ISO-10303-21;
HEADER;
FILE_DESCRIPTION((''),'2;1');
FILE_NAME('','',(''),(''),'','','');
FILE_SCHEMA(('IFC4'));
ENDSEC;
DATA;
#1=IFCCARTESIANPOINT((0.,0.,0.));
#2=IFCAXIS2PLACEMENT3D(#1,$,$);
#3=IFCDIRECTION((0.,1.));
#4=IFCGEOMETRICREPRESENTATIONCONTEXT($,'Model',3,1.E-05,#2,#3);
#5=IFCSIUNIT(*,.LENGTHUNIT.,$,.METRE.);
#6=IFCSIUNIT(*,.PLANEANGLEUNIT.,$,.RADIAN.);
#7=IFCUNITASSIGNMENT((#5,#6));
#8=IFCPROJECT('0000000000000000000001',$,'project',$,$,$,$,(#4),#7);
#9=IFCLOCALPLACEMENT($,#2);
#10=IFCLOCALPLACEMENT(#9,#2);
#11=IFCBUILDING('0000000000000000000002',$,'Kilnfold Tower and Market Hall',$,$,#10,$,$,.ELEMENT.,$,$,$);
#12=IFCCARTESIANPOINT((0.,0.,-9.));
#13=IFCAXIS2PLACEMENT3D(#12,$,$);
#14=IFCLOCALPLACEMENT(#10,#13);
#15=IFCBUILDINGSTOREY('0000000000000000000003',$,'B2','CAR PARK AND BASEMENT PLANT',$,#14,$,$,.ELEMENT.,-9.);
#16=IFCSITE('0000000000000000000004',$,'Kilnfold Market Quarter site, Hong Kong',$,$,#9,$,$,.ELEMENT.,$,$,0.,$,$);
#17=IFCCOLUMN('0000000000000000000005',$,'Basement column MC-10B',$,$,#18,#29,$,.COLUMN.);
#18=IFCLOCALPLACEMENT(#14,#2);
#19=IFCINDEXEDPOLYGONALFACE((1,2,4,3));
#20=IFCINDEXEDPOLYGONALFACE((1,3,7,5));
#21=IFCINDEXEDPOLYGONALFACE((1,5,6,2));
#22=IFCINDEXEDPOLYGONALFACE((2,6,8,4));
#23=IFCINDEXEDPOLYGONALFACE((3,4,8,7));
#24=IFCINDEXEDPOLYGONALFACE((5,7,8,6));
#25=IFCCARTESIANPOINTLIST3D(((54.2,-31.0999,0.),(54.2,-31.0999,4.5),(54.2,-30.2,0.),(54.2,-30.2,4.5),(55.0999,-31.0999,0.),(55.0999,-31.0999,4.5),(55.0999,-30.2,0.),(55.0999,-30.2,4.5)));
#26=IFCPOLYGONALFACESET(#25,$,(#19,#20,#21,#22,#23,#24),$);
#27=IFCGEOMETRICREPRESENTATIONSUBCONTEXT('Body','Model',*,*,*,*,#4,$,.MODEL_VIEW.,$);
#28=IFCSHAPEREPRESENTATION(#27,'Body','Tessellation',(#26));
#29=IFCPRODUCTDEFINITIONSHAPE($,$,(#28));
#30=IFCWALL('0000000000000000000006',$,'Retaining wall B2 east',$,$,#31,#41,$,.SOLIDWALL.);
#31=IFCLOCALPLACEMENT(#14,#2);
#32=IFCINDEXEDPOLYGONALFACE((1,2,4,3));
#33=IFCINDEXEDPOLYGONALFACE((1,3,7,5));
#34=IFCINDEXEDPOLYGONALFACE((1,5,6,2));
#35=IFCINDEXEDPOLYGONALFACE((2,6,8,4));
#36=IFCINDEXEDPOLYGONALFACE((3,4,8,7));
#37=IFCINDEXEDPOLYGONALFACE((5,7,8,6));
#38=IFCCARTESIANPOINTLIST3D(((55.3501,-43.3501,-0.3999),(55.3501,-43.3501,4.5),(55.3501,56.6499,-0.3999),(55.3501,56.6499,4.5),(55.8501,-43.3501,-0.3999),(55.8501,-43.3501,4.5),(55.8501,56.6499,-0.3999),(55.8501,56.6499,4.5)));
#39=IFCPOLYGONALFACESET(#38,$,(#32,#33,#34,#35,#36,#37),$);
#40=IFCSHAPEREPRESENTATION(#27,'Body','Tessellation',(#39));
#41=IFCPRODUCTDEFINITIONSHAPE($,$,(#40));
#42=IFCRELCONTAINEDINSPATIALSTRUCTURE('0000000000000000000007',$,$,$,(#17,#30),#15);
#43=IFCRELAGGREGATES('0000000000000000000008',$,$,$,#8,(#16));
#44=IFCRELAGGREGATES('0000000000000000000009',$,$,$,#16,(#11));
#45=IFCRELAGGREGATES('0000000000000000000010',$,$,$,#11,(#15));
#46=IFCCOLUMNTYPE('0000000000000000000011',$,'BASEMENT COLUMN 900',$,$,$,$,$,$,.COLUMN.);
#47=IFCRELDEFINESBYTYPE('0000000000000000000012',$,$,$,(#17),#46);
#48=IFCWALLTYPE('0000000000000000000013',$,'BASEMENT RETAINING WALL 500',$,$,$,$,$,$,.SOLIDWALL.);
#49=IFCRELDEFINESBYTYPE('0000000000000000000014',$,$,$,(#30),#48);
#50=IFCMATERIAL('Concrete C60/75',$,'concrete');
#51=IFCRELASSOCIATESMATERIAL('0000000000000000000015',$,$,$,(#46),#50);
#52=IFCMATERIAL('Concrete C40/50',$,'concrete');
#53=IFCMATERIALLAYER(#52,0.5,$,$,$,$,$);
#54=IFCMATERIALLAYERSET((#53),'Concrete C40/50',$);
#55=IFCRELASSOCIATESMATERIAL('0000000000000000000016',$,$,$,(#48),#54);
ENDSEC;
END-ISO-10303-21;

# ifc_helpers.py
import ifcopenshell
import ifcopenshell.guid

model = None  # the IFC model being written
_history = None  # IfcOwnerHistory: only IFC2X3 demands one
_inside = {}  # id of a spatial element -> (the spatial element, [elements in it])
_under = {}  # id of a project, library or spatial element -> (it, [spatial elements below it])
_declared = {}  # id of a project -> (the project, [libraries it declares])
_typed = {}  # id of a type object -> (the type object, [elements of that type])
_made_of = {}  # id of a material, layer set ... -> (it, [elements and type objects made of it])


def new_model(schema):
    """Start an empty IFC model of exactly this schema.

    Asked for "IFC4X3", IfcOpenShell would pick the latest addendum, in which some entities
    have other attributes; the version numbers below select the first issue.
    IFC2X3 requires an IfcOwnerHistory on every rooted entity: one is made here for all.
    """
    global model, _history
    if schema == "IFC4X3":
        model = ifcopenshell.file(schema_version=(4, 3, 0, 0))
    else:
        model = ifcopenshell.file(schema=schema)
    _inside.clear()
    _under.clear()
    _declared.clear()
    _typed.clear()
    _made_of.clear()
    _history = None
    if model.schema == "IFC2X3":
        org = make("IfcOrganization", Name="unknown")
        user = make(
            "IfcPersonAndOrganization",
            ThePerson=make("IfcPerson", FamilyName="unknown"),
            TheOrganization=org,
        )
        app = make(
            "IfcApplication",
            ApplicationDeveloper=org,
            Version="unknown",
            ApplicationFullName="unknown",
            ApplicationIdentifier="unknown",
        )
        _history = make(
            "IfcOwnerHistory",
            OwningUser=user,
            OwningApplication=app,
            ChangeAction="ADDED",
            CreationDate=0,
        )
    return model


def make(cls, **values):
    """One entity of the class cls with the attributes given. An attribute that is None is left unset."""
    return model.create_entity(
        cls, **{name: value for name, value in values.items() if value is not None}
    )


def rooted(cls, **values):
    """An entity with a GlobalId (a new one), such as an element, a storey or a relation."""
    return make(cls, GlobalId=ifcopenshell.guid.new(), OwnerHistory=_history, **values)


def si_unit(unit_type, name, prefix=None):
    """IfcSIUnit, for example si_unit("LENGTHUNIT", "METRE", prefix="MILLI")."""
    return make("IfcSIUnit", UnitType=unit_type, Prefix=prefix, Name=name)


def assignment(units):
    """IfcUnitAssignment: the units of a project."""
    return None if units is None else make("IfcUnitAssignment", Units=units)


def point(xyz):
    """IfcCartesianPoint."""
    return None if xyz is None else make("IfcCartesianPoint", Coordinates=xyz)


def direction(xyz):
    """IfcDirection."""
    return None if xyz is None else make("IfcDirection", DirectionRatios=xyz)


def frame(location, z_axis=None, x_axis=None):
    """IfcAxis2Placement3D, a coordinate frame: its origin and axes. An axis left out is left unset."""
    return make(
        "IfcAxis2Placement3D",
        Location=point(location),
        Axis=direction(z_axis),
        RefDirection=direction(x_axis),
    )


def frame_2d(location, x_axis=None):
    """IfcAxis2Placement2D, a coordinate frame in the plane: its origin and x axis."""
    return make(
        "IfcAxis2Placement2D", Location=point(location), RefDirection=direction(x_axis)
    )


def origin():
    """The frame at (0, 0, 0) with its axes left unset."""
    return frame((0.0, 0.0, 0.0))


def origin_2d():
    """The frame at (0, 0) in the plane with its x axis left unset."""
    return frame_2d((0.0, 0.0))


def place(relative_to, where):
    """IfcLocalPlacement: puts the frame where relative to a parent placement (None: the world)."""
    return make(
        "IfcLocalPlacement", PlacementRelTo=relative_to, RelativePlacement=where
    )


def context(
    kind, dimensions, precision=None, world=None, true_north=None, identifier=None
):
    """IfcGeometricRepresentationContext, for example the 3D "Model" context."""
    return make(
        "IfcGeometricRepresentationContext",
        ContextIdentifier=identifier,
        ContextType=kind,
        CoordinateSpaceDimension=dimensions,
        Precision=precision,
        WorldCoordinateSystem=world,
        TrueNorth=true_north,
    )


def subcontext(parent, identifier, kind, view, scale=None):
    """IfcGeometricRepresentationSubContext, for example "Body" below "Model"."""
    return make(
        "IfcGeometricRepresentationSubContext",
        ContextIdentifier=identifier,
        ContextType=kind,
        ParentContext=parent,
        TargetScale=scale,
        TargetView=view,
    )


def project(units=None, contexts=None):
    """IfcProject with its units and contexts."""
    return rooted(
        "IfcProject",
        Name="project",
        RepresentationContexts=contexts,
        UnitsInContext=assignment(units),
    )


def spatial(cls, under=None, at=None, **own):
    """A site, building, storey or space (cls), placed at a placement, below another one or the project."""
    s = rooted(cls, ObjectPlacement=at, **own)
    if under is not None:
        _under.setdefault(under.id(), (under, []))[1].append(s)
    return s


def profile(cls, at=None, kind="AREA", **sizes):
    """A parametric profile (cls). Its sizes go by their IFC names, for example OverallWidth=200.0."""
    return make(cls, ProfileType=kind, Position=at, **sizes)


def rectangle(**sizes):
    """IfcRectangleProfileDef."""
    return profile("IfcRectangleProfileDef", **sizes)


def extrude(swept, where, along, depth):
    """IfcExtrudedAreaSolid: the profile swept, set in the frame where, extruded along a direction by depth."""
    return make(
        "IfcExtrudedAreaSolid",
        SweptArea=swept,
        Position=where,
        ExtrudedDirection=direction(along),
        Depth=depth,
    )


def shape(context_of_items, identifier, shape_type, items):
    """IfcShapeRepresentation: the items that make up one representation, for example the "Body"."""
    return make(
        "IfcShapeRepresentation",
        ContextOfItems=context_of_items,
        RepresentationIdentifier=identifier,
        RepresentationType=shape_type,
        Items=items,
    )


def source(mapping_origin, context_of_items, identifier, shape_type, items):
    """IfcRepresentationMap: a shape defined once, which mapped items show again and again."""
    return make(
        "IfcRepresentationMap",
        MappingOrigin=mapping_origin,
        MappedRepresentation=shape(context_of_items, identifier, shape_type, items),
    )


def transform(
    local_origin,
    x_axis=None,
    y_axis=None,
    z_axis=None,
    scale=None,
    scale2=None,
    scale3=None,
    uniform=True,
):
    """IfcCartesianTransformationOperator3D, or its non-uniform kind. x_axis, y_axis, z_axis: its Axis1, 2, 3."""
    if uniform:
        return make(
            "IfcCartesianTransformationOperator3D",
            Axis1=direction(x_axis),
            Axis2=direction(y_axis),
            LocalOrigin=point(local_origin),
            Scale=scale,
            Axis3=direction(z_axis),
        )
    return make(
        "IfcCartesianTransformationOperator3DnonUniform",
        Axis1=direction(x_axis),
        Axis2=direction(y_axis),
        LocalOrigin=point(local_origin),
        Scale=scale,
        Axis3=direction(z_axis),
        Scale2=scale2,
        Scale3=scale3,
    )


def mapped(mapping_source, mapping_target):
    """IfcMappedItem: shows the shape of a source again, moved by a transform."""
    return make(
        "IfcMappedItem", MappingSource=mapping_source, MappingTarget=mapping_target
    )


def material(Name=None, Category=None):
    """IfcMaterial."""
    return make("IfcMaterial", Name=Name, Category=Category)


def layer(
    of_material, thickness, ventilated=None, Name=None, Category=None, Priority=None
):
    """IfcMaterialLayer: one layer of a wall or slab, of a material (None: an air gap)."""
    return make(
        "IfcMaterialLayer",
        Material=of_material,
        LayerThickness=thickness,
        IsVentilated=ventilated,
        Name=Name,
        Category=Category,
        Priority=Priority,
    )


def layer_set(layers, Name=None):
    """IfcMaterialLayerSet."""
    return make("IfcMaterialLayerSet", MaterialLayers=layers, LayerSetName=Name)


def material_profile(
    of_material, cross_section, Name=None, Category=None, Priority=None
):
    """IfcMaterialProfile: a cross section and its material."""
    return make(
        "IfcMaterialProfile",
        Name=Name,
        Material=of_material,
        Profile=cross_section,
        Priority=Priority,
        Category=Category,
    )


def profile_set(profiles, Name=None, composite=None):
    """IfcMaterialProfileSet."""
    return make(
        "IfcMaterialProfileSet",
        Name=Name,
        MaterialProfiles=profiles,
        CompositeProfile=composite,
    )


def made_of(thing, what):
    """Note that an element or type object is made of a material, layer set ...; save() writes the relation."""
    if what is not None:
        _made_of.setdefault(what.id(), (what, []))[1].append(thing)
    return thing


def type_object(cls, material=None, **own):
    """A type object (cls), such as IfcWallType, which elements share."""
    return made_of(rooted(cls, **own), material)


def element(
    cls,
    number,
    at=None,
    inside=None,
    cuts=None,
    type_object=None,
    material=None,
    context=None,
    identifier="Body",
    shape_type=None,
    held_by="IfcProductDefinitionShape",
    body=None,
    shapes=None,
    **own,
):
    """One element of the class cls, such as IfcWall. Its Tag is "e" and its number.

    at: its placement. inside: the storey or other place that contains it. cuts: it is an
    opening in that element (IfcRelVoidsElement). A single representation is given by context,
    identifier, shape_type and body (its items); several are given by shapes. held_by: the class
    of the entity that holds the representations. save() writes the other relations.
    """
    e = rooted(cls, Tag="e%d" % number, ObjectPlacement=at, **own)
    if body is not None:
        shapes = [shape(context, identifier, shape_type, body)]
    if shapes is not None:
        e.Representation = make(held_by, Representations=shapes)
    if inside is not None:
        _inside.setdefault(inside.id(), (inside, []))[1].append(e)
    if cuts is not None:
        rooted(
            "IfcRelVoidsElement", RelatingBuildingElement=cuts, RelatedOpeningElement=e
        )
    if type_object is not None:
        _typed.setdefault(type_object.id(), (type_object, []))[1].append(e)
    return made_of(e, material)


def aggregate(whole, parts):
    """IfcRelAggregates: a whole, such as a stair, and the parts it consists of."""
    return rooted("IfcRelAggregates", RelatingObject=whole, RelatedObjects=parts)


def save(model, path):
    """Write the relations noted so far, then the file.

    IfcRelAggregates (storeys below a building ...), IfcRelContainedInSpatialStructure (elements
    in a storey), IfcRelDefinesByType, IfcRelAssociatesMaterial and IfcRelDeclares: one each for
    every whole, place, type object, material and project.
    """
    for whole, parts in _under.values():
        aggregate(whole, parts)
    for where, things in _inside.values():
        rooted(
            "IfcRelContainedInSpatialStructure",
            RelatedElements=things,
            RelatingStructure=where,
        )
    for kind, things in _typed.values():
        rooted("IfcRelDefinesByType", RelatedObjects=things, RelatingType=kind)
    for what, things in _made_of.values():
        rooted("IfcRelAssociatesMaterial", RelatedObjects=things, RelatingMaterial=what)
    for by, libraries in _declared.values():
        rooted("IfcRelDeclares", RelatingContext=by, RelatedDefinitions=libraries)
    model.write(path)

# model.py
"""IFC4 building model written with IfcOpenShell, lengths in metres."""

from ifc_helpers import new_model, si_unit, direction, frame, frame_2d, origin, origin_2d, place, context, subcontext, project, spatial, rectangle, extrude, source, transform, mapped, material, layer, layer_set, material_profile, profile_set, type_object, element, save


model = new_model("IFC4")

# Units and contexts
model_context = context("Model", 3, precision=1e-05, world=origin(), true_north=direction((0.0, 1.0)))
body_context = subcontext(model_context, "Body", "Model", "MODEL_VIEW")
ifc_project = project(units=[si_unit("LENGTHUNIT", "METRE"), si_unit("PLANEANGLEUNIT", "RADIAN")], contexts=[model_context])

# Site, building, storey
site_placement = place(None, origin())
site = spatial("IfcSite", under=ifc_project, at=site_placement, Name="Kilnfold Market Quarter site, Hong Kong", CompositionType="ELEMENT", RefElevation=0.0)
building_placement = place(site_placement, origin())
building = spatial("IfcBuilding", under=site, at=building_placement, Name="Kilnfold Tower and Market Hall", CompositionType="ELEMENT")
storey_placement = place(building_placement, frame((0.0, 0.0, -9.0)))
storey = spatial("IfcBuildingStorey", under=building, at=storey_placement, Name="B2", Description="CAR PARK AND BASEMENT PLANT", CompositionType="ELEMENT", Elevation=-9.0)

# Column
ifc_material_1 = material(Name="Concrete C60/75", Category="concrete")
ifc_material_profile_1 = material_profile(ifc_material_1, rectangle(XDim=0.8999, YDim=0.8999, at=origin_2d()), Name="RC 900x900")
ifc_profile_set_1 = profile_set([ifc_material_profile_1], Name="Concrete C60/75")
column_type = type_object("IfcColumnType", Name="BASEMENT COLUMN 900", PredefinedType="COLUMN", material=ifc_profile_set_1)
shared_shape_1 = source(origin(), body_context, "Body", "SweptSolid", [
    extrude(rectangle(XDim=0.8999, YDim=0.8999, at=origin_2d()), origin(), (0.0, 0.0, 1.0), 4.5),
])
for number, where, z_axis, x_axis, name in (
    (1, (54.6499, -30.6499, 0.0), (0.0, 0.0, 1.0), (1.0, 0.0, 0.0), "Basement column MC-10B"),
):
    element("IfcColumn", number, at=place(storey_placement, frame(where, z_axis=z_axis, x_axis=x_axis)), inside=storey, type_object=column_type, Name=name, PredefinedType="COLUMN", context=body_context, shape_type="MappedRepresentation", body=[
        mapped(shared_shape_1, transform((0.0, 0.0, 0.0))),
    ])

# Wall
ifc_material_2 = material(Name="Concrete C40/50", Category="concrete")
ifc_layer = layer(ifc_material_2, 0.5)
ifc_layer_set = layer_set([ifc_layer], Name="Concrete C40/50")
wall_type = type_object("IfcWallType", Name="BASEMENT RETAINING WALL 500", PredefinedType="SOLIDWALL", material=ifc_layer_set)
shared_shape_2 = source(origin(), body_context, "Body", "SweptSolid", [
    extrude(rectangle(XDim=100.0, YDim=0.5, at=frame_2d((50.0, 0.0))), origin(), (0.0, 0.0, 1.0), 4.8999),
])
wall_placement = place(storey_placement, frame((55.6001, -43.3501, -0.3999), z_axis=(0.0, 0.0, 1.0), x_axis=(0.0, 1.0, 0.0)))
element("IfcWall", 2, at=wall_placement, inside=storey, type_object=wall_type, Name="Retaining wall B2 east", PredefinedType="SOLIDWALL", context=body_context, shape_type="MappedRepresentation", body=[
    mapped(shared_shape_2, transform((0.0, 0.0, 0.0))),
])

save(model, "model.ifc")
